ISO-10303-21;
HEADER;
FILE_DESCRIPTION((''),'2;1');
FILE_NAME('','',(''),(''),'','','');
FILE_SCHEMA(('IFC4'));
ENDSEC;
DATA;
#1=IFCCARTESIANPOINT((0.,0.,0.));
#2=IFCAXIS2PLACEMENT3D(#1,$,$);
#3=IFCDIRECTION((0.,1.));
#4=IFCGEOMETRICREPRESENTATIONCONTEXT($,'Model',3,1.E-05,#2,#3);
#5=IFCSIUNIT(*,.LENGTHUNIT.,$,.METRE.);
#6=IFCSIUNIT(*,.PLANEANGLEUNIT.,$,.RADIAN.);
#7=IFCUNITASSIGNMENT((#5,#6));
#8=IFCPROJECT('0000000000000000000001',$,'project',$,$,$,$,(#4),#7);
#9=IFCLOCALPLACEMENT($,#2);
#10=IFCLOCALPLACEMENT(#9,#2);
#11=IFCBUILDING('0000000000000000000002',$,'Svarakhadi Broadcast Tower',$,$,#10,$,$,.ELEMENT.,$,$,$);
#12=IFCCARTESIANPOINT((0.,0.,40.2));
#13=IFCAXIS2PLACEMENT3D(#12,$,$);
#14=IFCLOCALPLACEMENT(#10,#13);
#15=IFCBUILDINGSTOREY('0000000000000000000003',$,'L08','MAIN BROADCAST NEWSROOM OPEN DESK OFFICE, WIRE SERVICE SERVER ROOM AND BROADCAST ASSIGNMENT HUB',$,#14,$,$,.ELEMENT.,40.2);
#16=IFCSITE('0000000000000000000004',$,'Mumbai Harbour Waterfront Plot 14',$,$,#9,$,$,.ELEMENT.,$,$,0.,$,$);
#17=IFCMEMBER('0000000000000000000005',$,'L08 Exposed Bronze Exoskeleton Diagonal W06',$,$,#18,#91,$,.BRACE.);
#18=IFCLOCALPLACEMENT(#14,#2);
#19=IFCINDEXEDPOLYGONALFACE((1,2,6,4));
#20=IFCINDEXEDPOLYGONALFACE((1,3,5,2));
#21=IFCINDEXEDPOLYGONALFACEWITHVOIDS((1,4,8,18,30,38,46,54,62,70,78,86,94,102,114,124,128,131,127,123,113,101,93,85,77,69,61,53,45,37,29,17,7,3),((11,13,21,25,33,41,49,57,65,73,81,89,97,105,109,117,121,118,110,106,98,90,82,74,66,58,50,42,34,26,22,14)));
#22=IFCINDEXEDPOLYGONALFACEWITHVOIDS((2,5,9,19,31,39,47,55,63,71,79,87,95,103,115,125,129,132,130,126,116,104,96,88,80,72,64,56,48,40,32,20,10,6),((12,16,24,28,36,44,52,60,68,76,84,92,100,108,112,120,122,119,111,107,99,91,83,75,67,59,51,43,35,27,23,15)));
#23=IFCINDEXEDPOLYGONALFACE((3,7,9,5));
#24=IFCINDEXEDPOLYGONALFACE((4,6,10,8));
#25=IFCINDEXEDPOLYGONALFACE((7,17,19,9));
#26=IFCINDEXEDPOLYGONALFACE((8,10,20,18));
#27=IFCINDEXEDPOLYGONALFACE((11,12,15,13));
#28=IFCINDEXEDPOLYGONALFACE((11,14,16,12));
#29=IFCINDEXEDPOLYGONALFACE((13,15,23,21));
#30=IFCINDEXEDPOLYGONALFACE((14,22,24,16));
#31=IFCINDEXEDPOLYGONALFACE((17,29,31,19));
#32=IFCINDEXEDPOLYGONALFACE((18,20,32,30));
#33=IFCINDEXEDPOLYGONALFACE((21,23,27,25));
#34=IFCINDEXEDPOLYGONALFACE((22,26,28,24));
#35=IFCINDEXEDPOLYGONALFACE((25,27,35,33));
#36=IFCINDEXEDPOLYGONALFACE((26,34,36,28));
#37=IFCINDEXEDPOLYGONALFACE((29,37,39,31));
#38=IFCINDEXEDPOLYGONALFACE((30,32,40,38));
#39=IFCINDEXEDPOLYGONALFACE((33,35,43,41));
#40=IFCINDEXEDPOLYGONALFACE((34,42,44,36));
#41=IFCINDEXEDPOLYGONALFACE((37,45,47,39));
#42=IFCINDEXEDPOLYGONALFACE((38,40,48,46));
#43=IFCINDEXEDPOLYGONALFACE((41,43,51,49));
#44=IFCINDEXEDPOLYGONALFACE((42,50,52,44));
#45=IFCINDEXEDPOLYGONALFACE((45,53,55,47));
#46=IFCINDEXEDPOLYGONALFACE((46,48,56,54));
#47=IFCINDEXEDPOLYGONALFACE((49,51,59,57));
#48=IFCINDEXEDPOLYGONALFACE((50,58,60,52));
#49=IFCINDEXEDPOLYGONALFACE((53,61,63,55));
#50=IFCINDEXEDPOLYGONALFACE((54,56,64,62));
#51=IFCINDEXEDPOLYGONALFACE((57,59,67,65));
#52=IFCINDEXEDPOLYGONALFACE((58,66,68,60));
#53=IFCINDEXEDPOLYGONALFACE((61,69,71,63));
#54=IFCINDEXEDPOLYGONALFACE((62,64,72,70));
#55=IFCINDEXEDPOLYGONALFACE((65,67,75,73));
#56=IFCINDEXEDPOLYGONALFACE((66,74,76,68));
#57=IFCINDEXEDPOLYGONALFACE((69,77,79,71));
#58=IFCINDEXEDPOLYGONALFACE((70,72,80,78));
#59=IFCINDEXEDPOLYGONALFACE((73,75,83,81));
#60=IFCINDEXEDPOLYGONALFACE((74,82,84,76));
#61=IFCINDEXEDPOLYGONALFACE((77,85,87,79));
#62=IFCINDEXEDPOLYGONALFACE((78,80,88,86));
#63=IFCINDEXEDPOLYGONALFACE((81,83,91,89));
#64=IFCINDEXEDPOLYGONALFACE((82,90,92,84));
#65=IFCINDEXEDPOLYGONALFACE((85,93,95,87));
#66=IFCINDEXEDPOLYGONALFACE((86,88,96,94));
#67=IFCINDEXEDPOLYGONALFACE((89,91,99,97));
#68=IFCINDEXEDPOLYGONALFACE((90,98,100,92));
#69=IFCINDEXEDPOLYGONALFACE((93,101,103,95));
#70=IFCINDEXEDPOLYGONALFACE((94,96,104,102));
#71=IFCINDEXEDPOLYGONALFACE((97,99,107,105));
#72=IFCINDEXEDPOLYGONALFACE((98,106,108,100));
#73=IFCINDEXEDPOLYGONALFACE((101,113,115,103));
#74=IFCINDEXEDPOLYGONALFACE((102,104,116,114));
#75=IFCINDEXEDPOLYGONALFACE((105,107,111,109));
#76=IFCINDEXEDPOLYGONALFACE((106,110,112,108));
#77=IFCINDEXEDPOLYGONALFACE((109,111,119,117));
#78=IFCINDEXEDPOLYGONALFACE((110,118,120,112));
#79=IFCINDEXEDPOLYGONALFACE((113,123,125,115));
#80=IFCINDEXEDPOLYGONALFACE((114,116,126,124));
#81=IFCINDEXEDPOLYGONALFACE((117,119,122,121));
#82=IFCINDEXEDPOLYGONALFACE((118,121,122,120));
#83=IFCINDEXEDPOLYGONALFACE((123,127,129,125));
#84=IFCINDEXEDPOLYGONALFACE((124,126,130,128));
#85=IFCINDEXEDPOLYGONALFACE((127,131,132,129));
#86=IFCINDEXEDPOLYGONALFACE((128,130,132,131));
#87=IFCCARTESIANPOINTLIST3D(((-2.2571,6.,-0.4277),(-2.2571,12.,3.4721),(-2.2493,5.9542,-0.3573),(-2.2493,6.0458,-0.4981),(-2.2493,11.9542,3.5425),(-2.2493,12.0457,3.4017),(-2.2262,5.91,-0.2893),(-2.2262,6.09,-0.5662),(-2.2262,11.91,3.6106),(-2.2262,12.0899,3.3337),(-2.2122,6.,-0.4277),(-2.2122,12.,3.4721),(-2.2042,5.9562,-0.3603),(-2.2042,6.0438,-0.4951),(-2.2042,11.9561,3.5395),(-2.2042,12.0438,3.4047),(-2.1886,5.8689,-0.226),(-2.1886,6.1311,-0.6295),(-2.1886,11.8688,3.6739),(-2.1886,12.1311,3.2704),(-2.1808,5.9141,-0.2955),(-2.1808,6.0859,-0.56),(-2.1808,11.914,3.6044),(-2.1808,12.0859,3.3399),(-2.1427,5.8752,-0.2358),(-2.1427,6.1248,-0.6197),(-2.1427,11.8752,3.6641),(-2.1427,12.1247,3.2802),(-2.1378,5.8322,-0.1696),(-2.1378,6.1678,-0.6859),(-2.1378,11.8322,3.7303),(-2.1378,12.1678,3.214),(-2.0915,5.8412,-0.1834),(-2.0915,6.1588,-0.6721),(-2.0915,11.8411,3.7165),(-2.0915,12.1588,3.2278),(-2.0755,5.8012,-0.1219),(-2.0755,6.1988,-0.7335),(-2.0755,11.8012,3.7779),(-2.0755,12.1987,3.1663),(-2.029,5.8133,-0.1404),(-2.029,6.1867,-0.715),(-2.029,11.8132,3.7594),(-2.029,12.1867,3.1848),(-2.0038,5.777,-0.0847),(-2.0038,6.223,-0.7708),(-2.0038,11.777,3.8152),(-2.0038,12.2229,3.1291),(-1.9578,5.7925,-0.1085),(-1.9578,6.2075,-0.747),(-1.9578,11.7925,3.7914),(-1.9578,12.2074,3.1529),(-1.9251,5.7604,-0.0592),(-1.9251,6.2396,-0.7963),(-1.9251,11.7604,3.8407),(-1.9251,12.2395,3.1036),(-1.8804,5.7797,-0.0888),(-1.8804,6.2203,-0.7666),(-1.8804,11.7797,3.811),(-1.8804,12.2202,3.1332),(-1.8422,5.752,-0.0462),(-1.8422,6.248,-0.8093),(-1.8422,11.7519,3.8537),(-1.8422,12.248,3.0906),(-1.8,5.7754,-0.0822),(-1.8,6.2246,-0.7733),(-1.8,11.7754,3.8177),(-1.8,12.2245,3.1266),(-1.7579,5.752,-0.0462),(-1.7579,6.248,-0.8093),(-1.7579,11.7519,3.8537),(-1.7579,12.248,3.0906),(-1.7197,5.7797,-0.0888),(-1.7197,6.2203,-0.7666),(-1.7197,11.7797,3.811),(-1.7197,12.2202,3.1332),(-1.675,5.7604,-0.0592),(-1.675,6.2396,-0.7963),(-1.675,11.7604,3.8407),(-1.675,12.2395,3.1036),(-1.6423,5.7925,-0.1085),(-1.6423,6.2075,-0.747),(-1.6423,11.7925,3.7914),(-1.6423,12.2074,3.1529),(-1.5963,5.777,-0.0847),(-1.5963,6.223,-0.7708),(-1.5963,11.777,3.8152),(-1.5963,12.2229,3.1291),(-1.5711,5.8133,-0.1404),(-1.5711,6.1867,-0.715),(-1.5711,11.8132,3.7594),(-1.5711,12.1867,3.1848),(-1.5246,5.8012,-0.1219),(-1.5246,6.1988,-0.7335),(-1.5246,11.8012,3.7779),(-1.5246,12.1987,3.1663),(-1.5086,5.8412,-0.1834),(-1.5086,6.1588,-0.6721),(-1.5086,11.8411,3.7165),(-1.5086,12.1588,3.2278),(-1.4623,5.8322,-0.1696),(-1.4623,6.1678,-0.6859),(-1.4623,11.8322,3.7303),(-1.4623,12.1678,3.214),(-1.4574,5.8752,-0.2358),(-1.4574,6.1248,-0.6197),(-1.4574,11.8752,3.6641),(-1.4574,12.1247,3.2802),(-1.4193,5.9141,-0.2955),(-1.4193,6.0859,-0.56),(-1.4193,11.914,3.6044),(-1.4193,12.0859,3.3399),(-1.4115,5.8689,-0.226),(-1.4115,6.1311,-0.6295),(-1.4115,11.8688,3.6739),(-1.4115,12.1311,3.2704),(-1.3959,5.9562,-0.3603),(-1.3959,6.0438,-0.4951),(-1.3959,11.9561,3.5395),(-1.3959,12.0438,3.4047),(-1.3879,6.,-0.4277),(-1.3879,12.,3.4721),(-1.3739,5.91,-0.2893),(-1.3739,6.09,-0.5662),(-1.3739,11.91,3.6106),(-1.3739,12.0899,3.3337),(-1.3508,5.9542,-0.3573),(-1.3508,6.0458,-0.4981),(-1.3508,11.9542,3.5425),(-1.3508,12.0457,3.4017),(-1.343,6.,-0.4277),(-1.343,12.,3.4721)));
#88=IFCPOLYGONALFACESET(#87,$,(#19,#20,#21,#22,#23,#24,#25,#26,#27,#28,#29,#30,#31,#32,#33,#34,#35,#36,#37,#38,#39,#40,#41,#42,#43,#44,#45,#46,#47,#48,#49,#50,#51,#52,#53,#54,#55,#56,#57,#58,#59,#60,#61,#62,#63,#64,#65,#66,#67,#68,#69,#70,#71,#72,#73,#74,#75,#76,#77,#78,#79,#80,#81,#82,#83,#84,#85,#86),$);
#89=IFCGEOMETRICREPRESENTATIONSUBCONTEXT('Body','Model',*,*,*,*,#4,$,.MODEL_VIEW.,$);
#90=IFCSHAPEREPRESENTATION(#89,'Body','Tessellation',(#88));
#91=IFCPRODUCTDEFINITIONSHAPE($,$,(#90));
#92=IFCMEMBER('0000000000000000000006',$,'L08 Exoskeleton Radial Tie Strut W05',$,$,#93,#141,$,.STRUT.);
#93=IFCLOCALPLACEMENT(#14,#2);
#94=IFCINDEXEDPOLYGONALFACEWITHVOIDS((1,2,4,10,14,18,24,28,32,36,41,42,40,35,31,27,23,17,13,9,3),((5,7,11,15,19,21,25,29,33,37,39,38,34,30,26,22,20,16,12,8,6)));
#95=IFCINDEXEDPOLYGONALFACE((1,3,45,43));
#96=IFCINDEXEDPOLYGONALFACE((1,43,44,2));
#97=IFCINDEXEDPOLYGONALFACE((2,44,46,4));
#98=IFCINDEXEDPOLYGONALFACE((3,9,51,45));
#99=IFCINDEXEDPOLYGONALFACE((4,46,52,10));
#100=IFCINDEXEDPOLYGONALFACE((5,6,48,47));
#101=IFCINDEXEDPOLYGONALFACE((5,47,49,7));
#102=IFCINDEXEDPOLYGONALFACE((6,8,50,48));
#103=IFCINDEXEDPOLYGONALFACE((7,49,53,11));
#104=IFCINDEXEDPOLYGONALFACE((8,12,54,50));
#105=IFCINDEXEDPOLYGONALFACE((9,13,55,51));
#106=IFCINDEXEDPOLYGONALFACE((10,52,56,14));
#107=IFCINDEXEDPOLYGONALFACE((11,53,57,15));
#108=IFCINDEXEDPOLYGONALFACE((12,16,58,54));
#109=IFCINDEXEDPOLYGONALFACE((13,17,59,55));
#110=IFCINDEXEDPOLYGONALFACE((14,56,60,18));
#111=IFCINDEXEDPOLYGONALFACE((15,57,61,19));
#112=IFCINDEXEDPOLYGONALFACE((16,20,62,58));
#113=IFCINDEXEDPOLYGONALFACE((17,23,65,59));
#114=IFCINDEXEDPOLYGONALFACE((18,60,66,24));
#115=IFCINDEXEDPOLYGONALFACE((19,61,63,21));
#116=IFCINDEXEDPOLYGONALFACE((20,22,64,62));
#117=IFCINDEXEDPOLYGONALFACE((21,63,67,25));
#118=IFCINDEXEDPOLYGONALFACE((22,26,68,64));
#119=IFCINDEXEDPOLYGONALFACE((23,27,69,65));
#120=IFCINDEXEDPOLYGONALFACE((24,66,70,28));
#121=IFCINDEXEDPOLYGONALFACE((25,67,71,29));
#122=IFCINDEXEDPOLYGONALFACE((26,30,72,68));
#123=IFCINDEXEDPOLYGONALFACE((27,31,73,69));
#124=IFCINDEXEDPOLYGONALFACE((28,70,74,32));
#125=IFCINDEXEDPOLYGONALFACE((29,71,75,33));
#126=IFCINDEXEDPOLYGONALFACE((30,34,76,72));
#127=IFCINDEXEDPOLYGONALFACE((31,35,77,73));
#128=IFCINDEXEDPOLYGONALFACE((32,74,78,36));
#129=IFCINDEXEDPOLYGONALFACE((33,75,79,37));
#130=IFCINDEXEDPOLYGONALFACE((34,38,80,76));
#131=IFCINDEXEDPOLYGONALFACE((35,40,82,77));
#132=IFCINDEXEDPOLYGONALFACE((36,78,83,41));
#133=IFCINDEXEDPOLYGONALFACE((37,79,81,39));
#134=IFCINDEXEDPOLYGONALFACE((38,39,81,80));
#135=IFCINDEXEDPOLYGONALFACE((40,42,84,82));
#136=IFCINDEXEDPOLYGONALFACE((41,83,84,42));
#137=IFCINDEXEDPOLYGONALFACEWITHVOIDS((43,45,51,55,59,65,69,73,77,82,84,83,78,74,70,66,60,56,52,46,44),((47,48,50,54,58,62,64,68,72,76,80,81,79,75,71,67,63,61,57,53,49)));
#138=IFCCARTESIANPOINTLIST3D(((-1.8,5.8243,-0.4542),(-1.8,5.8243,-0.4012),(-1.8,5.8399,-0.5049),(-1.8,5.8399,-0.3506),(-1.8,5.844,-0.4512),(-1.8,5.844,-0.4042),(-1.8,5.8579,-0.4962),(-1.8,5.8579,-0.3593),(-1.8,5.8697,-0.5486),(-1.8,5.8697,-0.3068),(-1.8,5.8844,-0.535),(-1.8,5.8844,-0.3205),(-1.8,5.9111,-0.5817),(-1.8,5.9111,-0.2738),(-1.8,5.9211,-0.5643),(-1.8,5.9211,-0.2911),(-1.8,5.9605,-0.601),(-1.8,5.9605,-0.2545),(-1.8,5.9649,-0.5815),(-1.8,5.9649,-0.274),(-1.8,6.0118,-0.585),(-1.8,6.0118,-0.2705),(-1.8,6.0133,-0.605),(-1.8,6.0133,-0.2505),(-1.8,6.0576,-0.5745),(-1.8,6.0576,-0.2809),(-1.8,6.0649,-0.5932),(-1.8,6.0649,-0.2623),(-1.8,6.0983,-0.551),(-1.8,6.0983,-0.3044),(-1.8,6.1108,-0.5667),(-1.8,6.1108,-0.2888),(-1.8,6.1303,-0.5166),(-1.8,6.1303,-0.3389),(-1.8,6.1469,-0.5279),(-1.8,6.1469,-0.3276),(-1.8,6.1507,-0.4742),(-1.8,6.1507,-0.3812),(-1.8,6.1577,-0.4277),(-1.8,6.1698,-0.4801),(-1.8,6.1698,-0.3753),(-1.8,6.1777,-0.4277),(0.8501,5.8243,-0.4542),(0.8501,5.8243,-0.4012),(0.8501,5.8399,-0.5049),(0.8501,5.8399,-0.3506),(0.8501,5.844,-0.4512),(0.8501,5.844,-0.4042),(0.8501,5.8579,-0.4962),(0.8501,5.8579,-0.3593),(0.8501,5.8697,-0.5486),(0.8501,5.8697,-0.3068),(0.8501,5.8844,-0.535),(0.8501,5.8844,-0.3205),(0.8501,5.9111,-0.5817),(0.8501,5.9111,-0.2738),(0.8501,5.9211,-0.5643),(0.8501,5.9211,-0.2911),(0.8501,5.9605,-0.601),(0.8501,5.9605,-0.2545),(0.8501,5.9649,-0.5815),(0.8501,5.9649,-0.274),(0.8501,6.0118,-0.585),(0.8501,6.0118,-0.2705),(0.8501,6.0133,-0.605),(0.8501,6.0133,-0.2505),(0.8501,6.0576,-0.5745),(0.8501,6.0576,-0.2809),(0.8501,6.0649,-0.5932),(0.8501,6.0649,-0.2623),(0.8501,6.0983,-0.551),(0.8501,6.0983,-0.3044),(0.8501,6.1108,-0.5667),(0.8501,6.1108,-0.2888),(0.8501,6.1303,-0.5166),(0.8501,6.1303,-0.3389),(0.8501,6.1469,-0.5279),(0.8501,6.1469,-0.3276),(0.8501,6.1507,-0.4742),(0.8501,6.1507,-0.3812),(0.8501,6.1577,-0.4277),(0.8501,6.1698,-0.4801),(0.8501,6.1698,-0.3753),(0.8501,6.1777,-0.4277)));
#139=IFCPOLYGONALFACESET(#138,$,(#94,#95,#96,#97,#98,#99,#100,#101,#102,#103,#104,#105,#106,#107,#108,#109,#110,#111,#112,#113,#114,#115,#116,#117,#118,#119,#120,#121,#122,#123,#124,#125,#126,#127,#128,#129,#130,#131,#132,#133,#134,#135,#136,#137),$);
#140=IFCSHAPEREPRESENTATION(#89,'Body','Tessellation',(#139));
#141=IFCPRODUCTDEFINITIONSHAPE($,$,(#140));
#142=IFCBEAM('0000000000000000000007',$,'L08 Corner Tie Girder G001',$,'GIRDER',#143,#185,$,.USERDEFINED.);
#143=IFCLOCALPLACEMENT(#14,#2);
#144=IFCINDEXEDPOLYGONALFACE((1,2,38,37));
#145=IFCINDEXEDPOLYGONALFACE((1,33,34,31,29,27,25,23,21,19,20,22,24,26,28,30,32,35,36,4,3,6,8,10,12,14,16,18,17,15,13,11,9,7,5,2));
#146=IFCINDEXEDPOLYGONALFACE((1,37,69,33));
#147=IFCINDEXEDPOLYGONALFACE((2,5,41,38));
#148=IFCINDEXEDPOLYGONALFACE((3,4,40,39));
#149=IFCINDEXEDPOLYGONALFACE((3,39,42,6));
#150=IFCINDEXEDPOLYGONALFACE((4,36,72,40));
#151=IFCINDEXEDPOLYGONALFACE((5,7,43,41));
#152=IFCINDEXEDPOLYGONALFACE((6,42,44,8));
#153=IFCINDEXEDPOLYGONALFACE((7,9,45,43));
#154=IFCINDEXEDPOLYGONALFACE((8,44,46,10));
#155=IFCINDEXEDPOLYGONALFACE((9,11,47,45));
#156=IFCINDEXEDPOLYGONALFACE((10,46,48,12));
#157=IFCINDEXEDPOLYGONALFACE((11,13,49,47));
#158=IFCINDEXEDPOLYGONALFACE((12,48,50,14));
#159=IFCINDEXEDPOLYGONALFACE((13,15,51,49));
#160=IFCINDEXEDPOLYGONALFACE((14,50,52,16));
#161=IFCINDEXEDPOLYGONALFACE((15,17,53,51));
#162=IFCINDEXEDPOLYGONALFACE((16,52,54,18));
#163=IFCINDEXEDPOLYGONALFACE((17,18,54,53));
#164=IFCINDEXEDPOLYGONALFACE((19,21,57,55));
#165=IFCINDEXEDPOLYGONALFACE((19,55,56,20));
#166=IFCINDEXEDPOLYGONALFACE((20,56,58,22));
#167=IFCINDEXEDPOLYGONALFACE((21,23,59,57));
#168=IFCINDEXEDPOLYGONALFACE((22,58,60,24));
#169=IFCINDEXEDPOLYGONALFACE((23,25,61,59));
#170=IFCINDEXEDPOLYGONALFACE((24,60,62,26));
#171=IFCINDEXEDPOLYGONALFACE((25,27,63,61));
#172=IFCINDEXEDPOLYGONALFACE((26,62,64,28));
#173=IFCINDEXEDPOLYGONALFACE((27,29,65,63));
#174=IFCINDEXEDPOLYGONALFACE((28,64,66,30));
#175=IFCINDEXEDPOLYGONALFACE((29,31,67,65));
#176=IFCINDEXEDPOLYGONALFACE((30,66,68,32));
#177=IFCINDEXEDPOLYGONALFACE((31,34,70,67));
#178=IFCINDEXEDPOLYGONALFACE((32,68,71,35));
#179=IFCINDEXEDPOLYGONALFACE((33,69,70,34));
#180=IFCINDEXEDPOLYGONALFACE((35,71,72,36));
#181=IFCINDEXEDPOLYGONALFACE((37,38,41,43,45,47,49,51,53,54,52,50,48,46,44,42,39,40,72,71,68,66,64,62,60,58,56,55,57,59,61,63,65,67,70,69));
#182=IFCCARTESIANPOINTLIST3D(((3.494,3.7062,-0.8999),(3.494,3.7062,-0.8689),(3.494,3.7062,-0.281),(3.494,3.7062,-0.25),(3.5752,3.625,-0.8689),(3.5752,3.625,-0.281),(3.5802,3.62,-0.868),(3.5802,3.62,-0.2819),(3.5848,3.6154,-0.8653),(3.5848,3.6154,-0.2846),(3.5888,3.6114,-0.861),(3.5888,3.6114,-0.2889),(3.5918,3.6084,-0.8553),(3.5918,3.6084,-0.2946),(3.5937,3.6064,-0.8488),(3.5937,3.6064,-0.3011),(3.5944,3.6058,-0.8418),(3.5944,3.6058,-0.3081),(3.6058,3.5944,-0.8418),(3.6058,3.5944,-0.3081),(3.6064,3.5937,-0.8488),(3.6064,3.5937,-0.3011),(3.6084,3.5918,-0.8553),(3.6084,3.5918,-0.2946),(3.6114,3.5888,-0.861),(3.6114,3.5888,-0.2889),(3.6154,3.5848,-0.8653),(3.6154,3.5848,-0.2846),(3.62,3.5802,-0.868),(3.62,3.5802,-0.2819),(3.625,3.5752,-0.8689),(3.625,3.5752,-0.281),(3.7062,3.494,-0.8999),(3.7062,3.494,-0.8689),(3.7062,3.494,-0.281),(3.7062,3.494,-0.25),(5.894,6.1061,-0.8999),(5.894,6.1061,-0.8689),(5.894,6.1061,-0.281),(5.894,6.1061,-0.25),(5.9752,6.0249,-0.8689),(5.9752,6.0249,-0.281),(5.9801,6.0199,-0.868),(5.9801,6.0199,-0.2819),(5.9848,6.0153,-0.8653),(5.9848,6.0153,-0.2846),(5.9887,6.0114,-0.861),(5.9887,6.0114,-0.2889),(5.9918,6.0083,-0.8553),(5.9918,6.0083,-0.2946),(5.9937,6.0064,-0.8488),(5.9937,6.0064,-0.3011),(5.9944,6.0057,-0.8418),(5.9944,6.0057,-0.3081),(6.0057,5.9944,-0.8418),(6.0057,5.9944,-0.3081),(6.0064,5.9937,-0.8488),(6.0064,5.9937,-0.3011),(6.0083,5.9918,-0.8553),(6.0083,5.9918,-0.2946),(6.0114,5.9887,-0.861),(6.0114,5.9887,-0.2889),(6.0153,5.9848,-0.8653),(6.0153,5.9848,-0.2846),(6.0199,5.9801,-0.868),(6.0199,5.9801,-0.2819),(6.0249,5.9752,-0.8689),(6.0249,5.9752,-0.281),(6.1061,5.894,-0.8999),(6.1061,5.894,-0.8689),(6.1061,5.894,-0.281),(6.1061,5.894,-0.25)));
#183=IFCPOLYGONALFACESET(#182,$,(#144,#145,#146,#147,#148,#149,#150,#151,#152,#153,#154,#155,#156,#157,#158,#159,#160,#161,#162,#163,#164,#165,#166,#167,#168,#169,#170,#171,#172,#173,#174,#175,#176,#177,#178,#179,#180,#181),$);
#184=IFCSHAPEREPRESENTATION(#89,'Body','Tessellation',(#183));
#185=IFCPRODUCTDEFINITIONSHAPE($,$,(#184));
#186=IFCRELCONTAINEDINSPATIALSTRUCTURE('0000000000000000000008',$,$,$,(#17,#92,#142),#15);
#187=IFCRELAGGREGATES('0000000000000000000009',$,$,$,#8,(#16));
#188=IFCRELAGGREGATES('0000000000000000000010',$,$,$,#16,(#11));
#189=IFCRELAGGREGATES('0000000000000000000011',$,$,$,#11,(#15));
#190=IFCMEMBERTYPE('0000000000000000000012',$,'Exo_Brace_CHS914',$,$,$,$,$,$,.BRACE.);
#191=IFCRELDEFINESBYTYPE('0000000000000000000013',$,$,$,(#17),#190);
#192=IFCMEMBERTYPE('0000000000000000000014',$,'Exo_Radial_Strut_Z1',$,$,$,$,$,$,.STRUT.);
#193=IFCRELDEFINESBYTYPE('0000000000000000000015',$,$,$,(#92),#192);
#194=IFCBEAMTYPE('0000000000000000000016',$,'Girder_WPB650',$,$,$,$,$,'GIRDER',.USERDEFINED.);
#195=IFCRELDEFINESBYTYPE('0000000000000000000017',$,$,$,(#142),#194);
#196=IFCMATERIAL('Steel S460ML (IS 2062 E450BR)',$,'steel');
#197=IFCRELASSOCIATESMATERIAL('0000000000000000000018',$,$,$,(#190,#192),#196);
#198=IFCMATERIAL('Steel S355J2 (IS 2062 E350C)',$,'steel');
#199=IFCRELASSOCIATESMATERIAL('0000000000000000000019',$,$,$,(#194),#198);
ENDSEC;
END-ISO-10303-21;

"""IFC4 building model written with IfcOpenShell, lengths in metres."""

from ifc_helpers import new_model, si_unit, direction, frame, origin, origin_2d, place, context, subcontext, project, spatial, hollow_circle, i_section, extrude, material, material_profile, profile_set, type_object, element, save


model = new_model("IFC4")

# Units and contexts
model_context = context("Model", 3, precision=1e-05, world=origin(), true_north=direction((0.0, 1.0)))
body_context = subcontext(model_context, "Body", "Model", "MODEL_VIEW")
ifc_project = project(units=[si_unit("LENGTHUNIT", "METRE"), si_unit("PLANEANGLEUNIT", "RADIAN")], contexts=[model_context])

# Site, building, storey
site_placement = place(None, origin())
site = spatial("IfcSite", under=ifc_project, at=site_placement, Name="Mumbai Harbour Waterfront Plot 14", CompositionType="ELEMENT", RefElevation=0.0)
building_placement = place(site_placement, origin())
building = spatial("IfcBuilding", under=site, at=building_placement, Name="Svarakhadi Broadcast Tower", CompositionType="ELEMENT")
storey_placement = place(building_placement, frame((0.0, 0.0, 40.2)))
storey = spatial("IfcBuildingStorey", under=building, at=storey_placement, Name="L08", Description="MAIN BROADCAST NEWSROOM OPEN DESK OFFICE, WIRE SERVICE SERVER ROOM AND BROADCAST ASSIGNMENT HUB", CompositionType="ELEMENT", Elevation=40.2)

# Shared definitions
ifc_material_1 = material(Name="Steel S460ML (IS 2062 E450BR)", Category="steel")

# Members
ifc_material_profile_1 = material_profile(ifc_material_1, hollow_circle(Radius=0.457, WallThickness=0.0449, at=origin_2d()), Name="CHS 914x45")
ifc_profile_set_1 = profile_set([ifc_material_profile_1], Name="Steel S460ML (IS 2062 E450BR)")
member_type_1 = type_object("IfcMemberType", Name="Exo_Brace_CHS914", PredefinedType="BRACE", material=ifc_profile_set_1)
member_1_placement = place(storey_placement, frame((-1.8, 6.0, -0.4277), z_axis=(0.0, 0.83845, 0.544979), x_axis=(-1.0, 0.0, 0.0)))
element("IfcMember", 1, at=member_1_placement, inside=storey, type_object=member_type_1, Name="L08 Exposed Bronze Exoskeleton Diagonal W06", PredefinedType="BRACE", context=body_context, shape_type="SweptSolid", body=[
    extrude(hollow_circle(Radius=0.457, WallThickness=0.0449, at=origin_2d()), origin(), (0.0, 0.0, 1.0), 7.156),
])
ifc_material_profile_2 = material_profile(ifc_material_1, hollow_circle(Radius=0.1777, WallThickness=0.02, at=origin_2d()), Name="CHS 355.6x20")
ifc_profile_set_2 = profile_set([ifc_material_profile_2], Name="Steel S460ML (IS 2062 E450BR)")
member_type_2 = type_object("IfcMemberType", Name="Exo_Radial_Strut_Z1", PredefinedType="STRUT", material=ifc_profile_set_2)
member_2_placement = place(storey_placement, frame((-1.8, 6.0, -0.4277), z_axis=(1.0, 0.0, 0.0), x_axis=(0.0, 1.0, 0.0)))
element("IfcMember", 2, at=member_2_placement, inside=storey, type_object=member_type_2, Name="L08 Exoskeleton Radial Tie Strut W05", PredefinedType="STRUT", context=body_context, shape_type="SweptSolid", body=[
    extrude(hollow_circle(Radius=0.1777, WallThickness=0.02, at=origin_2d()), origin(), (0.0, 0.0, 1.0), 2.6501),
])

# Beam
ifc_material_2 = material(Name="Steel S355J2 (IS 2062 E350C)", Category="steel")
ifc_material_profile_3 = material_profile(ifc_material_2, i_section(OverallWidth=0.3, OverallDepth=0.6499, WebThickness=0.0161, FlangeThickness=0.031, FilletRadius=0.0271, at=origin_2d()), Name="WPB 650x300x225")
ifc_profile_set_3 = profile_set([ifc_material_profile_3], Name="Steel S355J2 (IS 2062 E350C)")
beam_type = type_object("IfcBeamType", Name="Girder_WPB650", ElementType="GIRDER", PredefinedType="USERDEFINED", material=ifc_profile_set_3)
beam_1_placement = place(storey_placement, frame((3.6001, 3.6001, -0.575), z_axis=(0.707107, 0.707107, 0.0), x_axis=(-0.707107, 0.707107, 0.0)))
element("IfcBeam", 3, at=beam_1_placement, inside=storey, type_object=beam_type, Name="L08 Corner Tie Girder G001", ObjectType="GIRDER", PredefinedType="USERDEFINED", context=body_context, shape_type="SweptSolid", body=[
    extrude(i_section(OverallWidth=0.3, OverallDepth=0.6499, WebThickness=0.0161, FlangeThickness=0.031, FilletRadius=0.0271, at=origin_2d()), origin(), (0.0, 0.0, 1.0), 3.394),
])

save(model, "model.ifc")
